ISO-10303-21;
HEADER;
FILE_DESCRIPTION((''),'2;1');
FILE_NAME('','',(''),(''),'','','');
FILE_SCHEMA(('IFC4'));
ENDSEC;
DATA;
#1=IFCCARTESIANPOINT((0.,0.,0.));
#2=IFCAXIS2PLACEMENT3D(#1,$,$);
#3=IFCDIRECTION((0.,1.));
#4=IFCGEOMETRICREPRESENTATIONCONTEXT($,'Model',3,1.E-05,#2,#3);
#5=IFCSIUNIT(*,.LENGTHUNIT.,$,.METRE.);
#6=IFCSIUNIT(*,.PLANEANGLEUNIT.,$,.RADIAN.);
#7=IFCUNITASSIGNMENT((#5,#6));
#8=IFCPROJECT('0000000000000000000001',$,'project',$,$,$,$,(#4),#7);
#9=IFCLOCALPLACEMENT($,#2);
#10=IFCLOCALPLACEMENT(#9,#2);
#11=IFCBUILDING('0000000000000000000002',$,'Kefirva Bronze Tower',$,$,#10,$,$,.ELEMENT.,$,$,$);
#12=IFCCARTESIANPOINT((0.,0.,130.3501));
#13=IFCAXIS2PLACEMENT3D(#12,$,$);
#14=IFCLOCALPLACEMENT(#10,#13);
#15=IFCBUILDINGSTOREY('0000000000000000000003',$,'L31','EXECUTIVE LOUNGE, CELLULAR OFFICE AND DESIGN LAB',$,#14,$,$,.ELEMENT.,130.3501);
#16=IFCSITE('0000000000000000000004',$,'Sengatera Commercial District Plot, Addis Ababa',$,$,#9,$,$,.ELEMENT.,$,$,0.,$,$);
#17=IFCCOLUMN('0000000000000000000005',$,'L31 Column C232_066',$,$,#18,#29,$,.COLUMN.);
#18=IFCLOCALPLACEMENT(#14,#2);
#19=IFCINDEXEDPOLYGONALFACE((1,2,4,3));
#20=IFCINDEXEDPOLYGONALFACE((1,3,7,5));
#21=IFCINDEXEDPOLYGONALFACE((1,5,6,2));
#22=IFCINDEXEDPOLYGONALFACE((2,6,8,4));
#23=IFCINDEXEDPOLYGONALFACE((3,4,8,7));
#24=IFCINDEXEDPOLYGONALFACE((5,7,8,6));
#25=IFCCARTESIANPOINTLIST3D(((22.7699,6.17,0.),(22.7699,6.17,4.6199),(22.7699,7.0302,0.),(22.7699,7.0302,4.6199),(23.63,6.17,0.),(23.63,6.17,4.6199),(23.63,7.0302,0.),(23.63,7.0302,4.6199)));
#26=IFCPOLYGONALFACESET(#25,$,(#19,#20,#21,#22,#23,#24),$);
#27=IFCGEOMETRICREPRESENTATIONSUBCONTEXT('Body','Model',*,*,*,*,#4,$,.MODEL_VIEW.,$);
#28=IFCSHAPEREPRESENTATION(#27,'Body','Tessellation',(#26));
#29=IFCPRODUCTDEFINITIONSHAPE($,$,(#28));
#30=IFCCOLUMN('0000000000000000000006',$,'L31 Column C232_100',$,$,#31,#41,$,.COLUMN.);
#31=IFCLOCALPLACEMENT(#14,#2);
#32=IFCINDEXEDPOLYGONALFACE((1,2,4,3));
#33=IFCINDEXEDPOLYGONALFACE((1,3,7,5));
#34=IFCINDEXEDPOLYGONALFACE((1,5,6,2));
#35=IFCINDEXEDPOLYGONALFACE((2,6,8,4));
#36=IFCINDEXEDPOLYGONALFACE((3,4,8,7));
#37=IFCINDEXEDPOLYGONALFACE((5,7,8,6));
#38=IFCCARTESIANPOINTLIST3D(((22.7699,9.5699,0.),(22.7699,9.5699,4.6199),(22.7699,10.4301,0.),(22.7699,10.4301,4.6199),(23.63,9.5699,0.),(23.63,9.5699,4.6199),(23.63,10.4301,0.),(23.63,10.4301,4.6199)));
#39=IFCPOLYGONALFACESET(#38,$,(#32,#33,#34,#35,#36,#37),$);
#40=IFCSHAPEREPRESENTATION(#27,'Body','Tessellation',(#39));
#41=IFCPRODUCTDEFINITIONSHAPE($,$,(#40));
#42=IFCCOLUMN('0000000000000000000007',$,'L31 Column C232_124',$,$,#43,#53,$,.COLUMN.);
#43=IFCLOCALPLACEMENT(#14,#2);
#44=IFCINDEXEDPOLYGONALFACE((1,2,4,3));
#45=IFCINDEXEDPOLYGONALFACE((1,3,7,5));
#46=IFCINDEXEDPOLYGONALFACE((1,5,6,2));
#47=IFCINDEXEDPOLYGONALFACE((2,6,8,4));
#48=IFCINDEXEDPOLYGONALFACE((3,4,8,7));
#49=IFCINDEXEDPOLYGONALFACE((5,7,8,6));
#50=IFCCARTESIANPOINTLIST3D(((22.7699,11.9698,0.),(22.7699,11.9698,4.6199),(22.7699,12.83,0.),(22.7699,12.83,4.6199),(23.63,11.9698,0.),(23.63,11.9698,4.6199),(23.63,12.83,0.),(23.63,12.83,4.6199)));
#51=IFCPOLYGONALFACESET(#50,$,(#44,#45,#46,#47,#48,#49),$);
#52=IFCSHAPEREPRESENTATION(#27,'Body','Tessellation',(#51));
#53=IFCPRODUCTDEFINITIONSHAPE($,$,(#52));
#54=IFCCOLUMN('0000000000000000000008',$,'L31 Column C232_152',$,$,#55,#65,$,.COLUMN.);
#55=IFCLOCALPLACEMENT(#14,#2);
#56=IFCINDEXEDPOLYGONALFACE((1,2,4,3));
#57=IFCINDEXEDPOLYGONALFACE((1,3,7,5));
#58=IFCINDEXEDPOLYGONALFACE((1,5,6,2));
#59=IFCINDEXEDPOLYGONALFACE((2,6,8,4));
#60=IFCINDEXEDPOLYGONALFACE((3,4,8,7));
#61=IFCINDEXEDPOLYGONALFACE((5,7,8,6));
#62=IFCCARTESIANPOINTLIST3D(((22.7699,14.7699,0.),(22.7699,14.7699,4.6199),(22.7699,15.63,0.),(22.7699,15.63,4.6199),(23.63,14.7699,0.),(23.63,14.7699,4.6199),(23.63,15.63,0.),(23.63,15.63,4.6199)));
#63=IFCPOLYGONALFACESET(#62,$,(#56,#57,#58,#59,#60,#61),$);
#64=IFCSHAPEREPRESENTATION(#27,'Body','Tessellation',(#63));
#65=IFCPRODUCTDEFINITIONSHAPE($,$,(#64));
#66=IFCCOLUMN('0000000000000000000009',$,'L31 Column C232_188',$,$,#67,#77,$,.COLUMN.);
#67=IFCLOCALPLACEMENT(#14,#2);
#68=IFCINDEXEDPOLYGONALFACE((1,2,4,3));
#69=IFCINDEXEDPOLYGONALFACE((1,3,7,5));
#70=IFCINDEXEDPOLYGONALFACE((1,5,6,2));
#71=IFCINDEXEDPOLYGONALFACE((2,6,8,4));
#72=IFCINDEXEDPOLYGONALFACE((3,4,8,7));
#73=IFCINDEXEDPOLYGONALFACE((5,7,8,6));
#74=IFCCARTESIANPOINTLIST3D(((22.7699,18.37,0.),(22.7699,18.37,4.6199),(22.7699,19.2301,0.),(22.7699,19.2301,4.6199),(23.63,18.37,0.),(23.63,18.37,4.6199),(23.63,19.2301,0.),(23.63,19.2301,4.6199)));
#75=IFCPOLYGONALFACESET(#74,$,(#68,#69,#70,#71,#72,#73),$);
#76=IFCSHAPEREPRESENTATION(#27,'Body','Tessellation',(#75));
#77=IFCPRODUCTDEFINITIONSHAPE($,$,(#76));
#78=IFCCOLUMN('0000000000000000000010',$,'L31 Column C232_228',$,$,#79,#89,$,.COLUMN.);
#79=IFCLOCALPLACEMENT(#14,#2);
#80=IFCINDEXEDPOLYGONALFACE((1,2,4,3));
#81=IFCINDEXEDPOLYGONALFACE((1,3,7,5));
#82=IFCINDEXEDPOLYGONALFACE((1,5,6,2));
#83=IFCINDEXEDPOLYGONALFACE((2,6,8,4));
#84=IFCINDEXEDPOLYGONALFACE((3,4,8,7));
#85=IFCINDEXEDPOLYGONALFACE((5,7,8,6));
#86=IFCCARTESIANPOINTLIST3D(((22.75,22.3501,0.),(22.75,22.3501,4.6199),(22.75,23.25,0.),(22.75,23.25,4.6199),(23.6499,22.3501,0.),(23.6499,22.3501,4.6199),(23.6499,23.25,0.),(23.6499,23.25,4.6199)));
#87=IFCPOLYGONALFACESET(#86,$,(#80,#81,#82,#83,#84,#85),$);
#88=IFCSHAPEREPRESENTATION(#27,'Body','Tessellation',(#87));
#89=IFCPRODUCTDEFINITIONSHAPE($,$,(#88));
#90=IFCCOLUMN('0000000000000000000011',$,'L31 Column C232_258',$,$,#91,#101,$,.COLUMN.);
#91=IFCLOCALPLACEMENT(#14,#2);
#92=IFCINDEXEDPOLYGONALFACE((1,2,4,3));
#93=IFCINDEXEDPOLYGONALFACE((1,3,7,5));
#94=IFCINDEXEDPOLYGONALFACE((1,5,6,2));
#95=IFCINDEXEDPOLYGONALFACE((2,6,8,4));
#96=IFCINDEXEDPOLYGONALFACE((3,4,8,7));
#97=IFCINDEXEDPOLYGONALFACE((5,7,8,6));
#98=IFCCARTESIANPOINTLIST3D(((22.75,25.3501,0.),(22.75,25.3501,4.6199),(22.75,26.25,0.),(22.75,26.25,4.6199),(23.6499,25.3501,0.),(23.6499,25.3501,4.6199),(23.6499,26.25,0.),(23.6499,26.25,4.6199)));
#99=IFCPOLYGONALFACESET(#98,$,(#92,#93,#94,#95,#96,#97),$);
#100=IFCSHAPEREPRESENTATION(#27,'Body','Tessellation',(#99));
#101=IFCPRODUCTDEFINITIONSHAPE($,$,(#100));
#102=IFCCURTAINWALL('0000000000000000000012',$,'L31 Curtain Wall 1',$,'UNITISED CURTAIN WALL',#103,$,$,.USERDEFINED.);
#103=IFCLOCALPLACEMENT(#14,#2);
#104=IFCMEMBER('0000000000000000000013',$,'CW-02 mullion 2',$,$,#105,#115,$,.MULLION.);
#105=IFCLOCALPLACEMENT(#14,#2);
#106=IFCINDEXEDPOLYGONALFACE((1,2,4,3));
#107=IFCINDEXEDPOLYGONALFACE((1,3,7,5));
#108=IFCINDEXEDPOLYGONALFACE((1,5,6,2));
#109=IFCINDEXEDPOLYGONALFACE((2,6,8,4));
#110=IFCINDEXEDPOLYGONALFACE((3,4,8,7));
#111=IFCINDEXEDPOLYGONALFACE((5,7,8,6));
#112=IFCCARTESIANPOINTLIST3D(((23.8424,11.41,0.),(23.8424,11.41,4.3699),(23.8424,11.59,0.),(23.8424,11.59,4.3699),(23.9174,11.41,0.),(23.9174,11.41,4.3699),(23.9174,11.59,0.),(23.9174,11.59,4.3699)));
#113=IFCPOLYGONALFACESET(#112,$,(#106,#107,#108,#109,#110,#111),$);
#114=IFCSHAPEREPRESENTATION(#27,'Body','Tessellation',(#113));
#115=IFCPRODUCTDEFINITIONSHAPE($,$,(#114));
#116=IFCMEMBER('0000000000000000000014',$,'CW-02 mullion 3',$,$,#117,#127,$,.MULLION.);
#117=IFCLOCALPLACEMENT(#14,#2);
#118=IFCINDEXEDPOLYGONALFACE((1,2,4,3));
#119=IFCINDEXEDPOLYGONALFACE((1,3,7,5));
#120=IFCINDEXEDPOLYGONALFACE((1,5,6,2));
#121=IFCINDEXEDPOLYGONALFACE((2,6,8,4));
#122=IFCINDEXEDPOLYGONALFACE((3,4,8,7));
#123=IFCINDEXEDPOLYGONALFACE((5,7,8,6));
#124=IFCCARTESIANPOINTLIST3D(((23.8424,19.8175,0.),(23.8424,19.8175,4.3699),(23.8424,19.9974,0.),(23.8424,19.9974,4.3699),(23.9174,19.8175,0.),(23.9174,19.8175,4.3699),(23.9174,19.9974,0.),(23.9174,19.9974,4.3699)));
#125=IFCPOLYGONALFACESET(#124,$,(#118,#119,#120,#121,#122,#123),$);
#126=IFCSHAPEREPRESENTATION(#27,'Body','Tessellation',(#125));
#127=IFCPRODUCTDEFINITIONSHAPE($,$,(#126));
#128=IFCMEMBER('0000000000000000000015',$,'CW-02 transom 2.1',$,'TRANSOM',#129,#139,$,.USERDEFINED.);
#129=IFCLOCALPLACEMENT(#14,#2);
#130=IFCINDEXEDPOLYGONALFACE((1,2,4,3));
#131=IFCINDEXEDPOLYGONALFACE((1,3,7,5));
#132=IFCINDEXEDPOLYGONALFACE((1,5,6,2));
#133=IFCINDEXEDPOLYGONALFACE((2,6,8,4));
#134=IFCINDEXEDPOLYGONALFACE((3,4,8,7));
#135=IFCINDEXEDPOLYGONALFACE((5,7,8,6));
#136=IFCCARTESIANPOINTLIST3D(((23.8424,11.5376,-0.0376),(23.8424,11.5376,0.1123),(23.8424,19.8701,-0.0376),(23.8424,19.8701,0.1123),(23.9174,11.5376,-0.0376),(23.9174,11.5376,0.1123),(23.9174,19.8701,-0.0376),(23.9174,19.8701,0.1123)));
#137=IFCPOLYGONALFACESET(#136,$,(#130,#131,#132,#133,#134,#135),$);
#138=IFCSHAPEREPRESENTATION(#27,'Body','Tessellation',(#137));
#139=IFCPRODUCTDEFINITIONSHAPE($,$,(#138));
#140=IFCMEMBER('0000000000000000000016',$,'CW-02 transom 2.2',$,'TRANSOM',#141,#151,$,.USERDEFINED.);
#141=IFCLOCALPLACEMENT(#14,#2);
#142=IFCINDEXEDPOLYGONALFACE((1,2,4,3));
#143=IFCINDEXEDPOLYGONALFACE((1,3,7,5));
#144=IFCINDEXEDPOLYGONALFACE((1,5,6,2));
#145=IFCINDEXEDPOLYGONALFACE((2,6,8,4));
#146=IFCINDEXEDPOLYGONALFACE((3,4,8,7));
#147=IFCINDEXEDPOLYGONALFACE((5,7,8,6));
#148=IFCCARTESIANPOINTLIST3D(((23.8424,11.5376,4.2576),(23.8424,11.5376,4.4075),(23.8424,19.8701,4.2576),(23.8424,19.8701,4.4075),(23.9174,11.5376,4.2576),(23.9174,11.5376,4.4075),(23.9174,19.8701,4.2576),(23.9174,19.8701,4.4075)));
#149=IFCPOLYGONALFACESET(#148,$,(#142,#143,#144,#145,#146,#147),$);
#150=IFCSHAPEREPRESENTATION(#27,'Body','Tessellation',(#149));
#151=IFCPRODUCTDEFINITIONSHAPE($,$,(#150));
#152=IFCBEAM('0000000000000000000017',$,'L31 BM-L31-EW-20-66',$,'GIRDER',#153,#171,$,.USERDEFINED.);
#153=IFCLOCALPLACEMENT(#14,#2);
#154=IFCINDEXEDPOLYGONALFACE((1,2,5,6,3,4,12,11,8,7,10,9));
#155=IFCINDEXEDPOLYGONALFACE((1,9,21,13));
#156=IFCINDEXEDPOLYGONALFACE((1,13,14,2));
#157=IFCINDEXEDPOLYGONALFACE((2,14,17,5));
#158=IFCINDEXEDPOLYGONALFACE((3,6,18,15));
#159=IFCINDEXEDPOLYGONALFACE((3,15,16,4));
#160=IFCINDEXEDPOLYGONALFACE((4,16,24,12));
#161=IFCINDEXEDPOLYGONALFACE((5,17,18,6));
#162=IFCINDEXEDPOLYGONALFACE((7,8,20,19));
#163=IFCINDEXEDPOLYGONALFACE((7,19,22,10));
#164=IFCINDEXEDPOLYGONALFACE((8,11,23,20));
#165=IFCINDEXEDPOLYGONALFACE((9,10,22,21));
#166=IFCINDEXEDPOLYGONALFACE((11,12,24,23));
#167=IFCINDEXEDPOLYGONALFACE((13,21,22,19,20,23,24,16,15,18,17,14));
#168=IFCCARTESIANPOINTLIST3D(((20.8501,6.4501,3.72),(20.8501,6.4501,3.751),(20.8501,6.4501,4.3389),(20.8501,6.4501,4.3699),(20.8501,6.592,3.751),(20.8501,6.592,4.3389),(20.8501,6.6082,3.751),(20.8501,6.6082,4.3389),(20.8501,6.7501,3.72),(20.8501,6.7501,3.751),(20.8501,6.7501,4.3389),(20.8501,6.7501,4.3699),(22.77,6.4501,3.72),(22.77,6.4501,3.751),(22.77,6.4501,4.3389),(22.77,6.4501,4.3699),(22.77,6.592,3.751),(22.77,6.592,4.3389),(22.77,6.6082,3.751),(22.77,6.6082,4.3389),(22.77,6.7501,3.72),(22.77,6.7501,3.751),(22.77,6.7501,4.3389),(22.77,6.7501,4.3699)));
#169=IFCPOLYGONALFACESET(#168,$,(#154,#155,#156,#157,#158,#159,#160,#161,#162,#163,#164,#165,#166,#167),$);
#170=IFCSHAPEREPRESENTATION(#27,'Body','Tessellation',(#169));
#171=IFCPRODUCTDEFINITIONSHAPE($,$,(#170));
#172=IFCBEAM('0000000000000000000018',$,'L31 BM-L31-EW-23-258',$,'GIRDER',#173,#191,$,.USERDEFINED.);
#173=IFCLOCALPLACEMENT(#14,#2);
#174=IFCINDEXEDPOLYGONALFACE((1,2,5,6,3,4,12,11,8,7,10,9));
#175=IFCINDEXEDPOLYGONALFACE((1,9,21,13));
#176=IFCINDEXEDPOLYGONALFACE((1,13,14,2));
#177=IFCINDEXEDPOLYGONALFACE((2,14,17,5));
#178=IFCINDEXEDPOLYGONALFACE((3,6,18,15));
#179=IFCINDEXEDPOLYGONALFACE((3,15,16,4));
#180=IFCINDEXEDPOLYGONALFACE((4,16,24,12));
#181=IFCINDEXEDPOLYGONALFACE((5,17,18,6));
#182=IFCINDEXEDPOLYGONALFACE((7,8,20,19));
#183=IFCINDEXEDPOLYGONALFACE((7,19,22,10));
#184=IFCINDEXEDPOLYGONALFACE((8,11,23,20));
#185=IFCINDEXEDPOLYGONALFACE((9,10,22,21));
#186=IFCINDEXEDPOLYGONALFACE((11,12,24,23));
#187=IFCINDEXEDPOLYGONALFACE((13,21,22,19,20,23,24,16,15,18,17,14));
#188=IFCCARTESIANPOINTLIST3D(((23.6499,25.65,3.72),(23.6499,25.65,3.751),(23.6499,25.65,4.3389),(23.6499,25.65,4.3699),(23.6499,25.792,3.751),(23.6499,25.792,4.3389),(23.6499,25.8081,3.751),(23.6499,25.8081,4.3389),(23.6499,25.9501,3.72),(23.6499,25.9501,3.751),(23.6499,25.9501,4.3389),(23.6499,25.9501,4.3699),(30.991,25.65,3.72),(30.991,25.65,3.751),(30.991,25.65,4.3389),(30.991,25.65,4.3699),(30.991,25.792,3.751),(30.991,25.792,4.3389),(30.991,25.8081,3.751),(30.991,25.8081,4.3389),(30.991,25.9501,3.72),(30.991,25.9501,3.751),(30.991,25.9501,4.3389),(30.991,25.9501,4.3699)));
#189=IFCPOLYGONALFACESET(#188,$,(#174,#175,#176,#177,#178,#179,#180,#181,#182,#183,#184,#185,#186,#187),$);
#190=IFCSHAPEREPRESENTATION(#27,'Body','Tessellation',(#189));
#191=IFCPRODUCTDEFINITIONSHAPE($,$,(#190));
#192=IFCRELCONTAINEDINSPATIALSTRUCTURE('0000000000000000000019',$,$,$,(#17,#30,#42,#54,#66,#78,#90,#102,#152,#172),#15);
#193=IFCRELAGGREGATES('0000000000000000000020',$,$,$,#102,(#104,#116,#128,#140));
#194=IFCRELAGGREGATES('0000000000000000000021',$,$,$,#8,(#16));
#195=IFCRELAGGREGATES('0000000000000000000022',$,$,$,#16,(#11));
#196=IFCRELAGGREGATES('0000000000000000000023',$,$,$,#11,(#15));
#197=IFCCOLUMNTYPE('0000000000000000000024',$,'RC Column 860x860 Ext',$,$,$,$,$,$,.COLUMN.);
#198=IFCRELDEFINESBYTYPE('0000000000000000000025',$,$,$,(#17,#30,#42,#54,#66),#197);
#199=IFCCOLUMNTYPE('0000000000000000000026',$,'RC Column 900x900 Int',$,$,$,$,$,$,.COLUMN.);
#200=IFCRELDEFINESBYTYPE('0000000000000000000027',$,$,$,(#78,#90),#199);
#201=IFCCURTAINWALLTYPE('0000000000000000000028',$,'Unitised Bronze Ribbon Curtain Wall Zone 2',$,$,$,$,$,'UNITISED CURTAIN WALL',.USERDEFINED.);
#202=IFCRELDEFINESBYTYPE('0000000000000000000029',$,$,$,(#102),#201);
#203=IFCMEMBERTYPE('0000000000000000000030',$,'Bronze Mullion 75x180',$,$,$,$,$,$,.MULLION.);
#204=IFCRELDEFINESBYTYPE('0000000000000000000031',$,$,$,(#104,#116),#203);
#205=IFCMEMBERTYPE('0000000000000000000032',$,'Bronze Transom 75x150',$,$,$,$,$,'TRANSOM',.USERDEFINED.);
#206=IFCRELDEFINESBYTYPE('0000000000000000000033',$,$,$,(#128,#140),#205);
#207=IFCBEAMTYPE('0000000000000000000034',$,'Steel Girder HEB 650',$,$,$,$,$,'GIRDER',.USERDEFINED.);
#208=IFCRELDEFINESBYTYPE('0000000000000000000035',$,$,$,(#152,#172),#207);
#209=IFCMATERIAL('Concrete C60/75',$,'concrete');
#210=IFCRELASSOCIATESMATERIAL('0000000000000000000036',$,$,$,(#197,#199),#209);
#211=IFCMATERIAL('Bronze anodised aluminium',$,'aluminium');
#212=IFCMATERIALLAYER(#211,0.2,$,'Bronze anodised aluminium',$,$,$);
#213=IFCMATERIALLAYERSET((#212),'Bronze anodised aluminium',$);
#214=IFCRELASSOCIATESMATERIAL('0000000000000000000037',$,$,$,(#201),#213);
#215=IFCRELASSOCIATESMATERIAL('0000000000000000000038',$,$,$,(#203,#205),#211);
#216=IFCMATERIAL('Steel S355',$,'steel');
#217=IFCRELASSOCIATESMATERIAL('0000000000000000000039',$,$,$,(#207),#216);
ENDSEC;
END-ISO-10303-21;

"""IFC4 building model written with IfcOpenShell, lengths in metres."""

from ifc_helpers import new_model, si_unit, direction, frame, origin, origin_2d, place, context, subcontext, project, spatial, rectangle, i_section, extrude, material, layer, layer_set, material_profile, profile_set, type_object, element, aggregate, save


model = new_model("IFC4")

# Units and contexts
model_context = context("Model", 3, precision=1e-05, world=origin(), true_north=direction((0.0, 1.0)))
body_context = subcontext(model_context, "Body", "Model", "MODEL_VIEW")
ifc_project = project(units=[si_unit("LENGTHUNIT", "METRE"), si_unit("PLANEANGLEUNIT", "RADIAN")], contexts=[model_context])

# Site, building, storey
site_placement = place(None, origin())
site = spatial("IfcSite", under=ifc_project, at=site_placement, Name="Sengatera Commercial District Plot, Addis Ababa", CompositionType="ELEMENT", RefElevation=0.0)
building_placement = place(site_placement, origin())
building = spatial("IfcBuilding", under=site, at=building_placement, Name="Kefirva Bronze Tower", CompositionType="ELEMENT")
storey_placement = place(building_placement, frame((0.0, 0.0, 130.3501)))
storey = spatial("IfcBuildingStorey", under=building, at=storey_placement, Name="L31", Description="EXECUTIVE LOUNGE, CELLULAR OFFICE AND DESIGN LAB", CompositionType="ELEMENT", Elevation=130.3501)

# Columns
ifc_material_1 = material(Name="Concrete C60/75", Category="concrete")
ifc_material_profile_1 = material_profile(ifc_material_1, rectangle(XDim=0.8601, YDim=0.8601, at=origin_2d()), Name="RC 860x860")
ifc_profile_set_1 = profile_set([ifc_material_profile_1], Name="Concrete C60/75")
column_type_1 = type_object("IfcColumnType", Name="RC Column 860x860 Ext", PredefinedType="COLUMN", material=ifc_profile_set_1)
for number, where, z_axis, x_axis, name in (
    (1, (23.2, 6.6001, 0.0), (0.0, 0.0, 1.0), (1.0, 0.0, 0.0), "L31 Column C232_066"),
    (2, (23.2, 10.0, 0.0), (0.0, 0.0, 1.0), (1.0, 0.0, 0.0), "L31 Column C232_100"),
    (3, (23.2, 12.3999, 0.0), (0.0, 0.0, 1.0), (1.0, 0.0, 0.0), "L31 Column C232_124"),
    (4, (23.2, 15.2, 0.0), (0.0, 0.0, 1.0), (1.0, 0.0, 0.0), "L31 Column C232_152"),
    (5, (23.2, 18.8, 0.0), (0.0, 0.0, 1.0), (1.0, 0.0, 0.0), "L31 Column C232_188"),
):
    element("IfcColumn", number, at=place(storey_placement, frame(where, z_axis=z_axis, x_axis=x_axis)), inside=storey, type_object=column_type_1, Name=name, PredefinedType="COLUMN", context=body_context, shape_type="SweptSolid", body=[
        extrude(rectangle(XDim=0.8601, YDim=0.8601, at=origin_2d()), origin(), (0.0, 0.0, 1.0), 4.6199),
    ])
ifc_material_profile_2 = material_profile(ifc_material_1, rectangle(XDim=0.8999, YDim=0.8999, at=origin_2d()), Name="RC 900x900")
ifc_profile_set_2 = profile_set([ifc_material_profile_2], Name="Concrete C60/75")
column_type_2 = type_object("IfcColumnType", Name="RC Column 900x900 Int", PredefinedType="COLUMN", material=ifc_profile_set_2)
for number, where, z_axis, x_axis, name in (
    (6, (23.2, 22.8, 0.0), (0.0, 0.0, 1.0), (1.0, 0.0, 0.0), "L31 Column C232_228"),
    (7, (23.2, 25.8, 0.0), (0.0, 0.0, 1.0), (1.0, 0.0, 0.0), "L31 Column C232_258"),
):
    element("IfcColumn", number, at=place(storey_placement, frame(where, z_axis=z_axis, x_axis=x_axis)), inside=storey, type_object=column_type_2, Name=name, PredefinedType="COLUMN", context=body_context, shape_type="SweptSolid", body=[
        extrude(rectangle(XDim=0.8999, YDim=0.8999, at=origin_2d()), origin(), (0.0, 0.0, 1.0), 4.6199),
    ])

# Curtain wall, members
ifc_material_2 = material(Name="Bronze anodised aluminium", Category="aluminium")
ifc_layer_1 = layer(ifc_material_2, 0.2, Name="Bronze anodised aluminium")
ifc_layer_set_1 = layer_set([ifc_layer_1], Name="Bronze anodised aluminium")
curtain_wall_type = type_object("IfcCurtainWallType", Name="Unitised Bronze Ribbon Curtain Wall Zone 2", ElementType="UNITISED CURTAIN WALL", PredefinedType="USERDEFINED", material=ifc_layer_set_1)
curtain_wall_placement = place(storey_placement, origin())
curtain_wall = element("IfcCurtainWall", 8, at=curtain_wall_placement, inside=storey, type_object=curtain_wall_type, Name="L31 Curtain Wall 1", ObjectType="UNITISED CURTAIN WALL", PredefinedType="USERDEFINED")
ifc_material_profile_3 = material_profile(ifc_material_2, rectangle(XDim=0.075, YDim=0.1799, at=origin_2d()), Name="ALU 75x180")
ifc_profile_set_3 = profile_set([ifc_material_profile_3], Name="Bronze anodised aluminium")
member_type_1 = type_object("IfcMemberType", Name="Bronze Mullion 75x180", PredefinedType="MULLION", material=ifc_profile_set_3)
member_1_placement = place(storey_placement, frame((23.8799, 11.5, 0.0), z_axis=(0.0, 0.0, 1.0), x_axis=(-1.0, 0.0, 0.0)))
member_1 = element("IfcMember", 9, at=member_1_placement, type_object=member_type_1, Name="CW-02 mullion 2", PredefinedType="MULLION", context=body_context, shape_type="SweptSolid", body=[
    extrude(rectangle(XDim=0.075, YDim=0.1799, at=origin_2d()), origin(), (0.0, 0.0, 1.0), 4.3699),
])
member_2_placement = place(storey_placement, frame((23.8799, 19.9075, 0.0), z_axis=(0.0, 0.0, 1.0), x_axis=(-1.0, 0.0, 0.0)))
member_2 = element("IfcMember", 10, at=member_2_placement, type_object=member_type_1, Name="CW-02 mullion 3", PredefinedType="MULLION", context=body_context, shape_type="SweptSolid", body=[
    extrude(rectangle(XDim=0.075, YDim=0.1799, at=origin_2d()), origin(), (0.0, 0.0, 1.0), 4.3699),
])
ifc_material_profile_4 = material_profile(ifc_material_2, rectangle(XDim=0.075, YDim=0.1499, at=origin_2d()), Name="ALU 75x150")
ifc_profile_set_4 = profile_set([ifc_material_profile_4], Name="Bronze anodised aluminium")
member_type_2 = type_object("IfcMemberType", Name="Bronze Transom 75x150", ElementType="TRANSOM", PredefinedType="USERDEFINED", material=ifc_profile_set_4)
member_3_placement = place(storey_placement, frame((23.8799, 11.5376, 0.0374), z_axis=(0.0, 1.0, 0.0), x_axis=(-1.0, 0.0, 0.0)))
member_3 = element("IfcMember", 11, at=member_3_placement, type_object=member_type_2, Name="CW-02 transom 2.1", ObjectType="TRANSOM", PredefinedType="USERDEFINED", context=body_context, shape_type="SweptSolid", body=[
    extrude(rectangle(XDim=0.075, YDim=0.1499, at=origin_2d()), origin(), (0.0, 0.0, 1.0), 8.3325),
])
member_4_placement = place(storey_placement, frame((23.8799, 11.5376, 4.3325), z_axis=(0.0, 1.0, 0.0), x_axis=(-1.0, 0.0, 0.0)))
member_4 = element("IfcMember", 12, at=member_4_placement, type_object=member_type_2, Name="CW-02 transom 2.2", ObjectType="TRANSOM", PredefinedType="USERDEFINED", context=body_context, shape_type="SweptSolid", body=[
    extrude(rectangle(XDim=0.075, YDim=0.1499, at=origin_2d()), origin(), (0.0, 0.0, 1.0), 8.3325),
])

# Beams
ifc_material_3 = material(Name="Steel S355", Category="steel")
ifc_material_profile_5 = material_profile(ifc_material_3, i_section(OverallWidth=0.3, OverallDepth=0.6499, WebThickness=0.0161, FlangeThickness=0.031, at=origin_2d()), Name="HEB 650")
ifc_profile_set_5 = profile_set([ifc_material_profile_5], Name="Steel S355")
beam_type_1 = type_object("IfcBeamType", Name="Steel Girder HEB 650", ElementType="GIRDER", PredefinedType="USERDEFINED", material=ifc_profile_set_5)
beam_1_placement = place(storey_placement, frame((20.8501, 6.6001, 4.0449), z_axis=(1.0, 0.0, 0.0), x_axis=(0.0, 1.0, 0.0)))
element("IfcBeam", 13, at=beam_1_placement, inside=storey, type_object=beam_type_1, Name="L31 BM-L31-EW-20-66", ObjectType="GIRDER", PredefinedType="USERDEFINED", context=body_context, shape_type="SweptSolid", body=[
    extrude(i_section(OverallWidth=0.3, OverallDepth=0.6499, WebThickness=0.0161, FlangeThickness=0.031, at=origin_2d()), origin(), (0.0, 0.0, 1.0), 1.9199),
])
beam_2_placement = place(storey_placement, frame((23.6499, 25.8, 4.0449), z_axis=(1.0, 0.0, 0.0), x_axis=(0.0, 1.0, 0.0)))
element("IfcBeam", 14, at=beam_2_placement, inside=storey, type_object=beam_type_1, Name="L31 BM-L31-EW-23-258", ObjectType="GIRDER", PredefinedType="USERDEFINED", context=body_context, shape_type="SweptSolid", body=[
    extrude(i_section(OverallWidth=0.3, OverallDepth=0.6499, WebThickness=0.0161, FlangeThickness=0.031, at=origin_2d()), origin(), (0.0, 0.0, 1.0), 7.3411),
])

aggregate(curtain_wall, [member_1, member_2, member_3, member_4])

save(model, "model.ifc")
